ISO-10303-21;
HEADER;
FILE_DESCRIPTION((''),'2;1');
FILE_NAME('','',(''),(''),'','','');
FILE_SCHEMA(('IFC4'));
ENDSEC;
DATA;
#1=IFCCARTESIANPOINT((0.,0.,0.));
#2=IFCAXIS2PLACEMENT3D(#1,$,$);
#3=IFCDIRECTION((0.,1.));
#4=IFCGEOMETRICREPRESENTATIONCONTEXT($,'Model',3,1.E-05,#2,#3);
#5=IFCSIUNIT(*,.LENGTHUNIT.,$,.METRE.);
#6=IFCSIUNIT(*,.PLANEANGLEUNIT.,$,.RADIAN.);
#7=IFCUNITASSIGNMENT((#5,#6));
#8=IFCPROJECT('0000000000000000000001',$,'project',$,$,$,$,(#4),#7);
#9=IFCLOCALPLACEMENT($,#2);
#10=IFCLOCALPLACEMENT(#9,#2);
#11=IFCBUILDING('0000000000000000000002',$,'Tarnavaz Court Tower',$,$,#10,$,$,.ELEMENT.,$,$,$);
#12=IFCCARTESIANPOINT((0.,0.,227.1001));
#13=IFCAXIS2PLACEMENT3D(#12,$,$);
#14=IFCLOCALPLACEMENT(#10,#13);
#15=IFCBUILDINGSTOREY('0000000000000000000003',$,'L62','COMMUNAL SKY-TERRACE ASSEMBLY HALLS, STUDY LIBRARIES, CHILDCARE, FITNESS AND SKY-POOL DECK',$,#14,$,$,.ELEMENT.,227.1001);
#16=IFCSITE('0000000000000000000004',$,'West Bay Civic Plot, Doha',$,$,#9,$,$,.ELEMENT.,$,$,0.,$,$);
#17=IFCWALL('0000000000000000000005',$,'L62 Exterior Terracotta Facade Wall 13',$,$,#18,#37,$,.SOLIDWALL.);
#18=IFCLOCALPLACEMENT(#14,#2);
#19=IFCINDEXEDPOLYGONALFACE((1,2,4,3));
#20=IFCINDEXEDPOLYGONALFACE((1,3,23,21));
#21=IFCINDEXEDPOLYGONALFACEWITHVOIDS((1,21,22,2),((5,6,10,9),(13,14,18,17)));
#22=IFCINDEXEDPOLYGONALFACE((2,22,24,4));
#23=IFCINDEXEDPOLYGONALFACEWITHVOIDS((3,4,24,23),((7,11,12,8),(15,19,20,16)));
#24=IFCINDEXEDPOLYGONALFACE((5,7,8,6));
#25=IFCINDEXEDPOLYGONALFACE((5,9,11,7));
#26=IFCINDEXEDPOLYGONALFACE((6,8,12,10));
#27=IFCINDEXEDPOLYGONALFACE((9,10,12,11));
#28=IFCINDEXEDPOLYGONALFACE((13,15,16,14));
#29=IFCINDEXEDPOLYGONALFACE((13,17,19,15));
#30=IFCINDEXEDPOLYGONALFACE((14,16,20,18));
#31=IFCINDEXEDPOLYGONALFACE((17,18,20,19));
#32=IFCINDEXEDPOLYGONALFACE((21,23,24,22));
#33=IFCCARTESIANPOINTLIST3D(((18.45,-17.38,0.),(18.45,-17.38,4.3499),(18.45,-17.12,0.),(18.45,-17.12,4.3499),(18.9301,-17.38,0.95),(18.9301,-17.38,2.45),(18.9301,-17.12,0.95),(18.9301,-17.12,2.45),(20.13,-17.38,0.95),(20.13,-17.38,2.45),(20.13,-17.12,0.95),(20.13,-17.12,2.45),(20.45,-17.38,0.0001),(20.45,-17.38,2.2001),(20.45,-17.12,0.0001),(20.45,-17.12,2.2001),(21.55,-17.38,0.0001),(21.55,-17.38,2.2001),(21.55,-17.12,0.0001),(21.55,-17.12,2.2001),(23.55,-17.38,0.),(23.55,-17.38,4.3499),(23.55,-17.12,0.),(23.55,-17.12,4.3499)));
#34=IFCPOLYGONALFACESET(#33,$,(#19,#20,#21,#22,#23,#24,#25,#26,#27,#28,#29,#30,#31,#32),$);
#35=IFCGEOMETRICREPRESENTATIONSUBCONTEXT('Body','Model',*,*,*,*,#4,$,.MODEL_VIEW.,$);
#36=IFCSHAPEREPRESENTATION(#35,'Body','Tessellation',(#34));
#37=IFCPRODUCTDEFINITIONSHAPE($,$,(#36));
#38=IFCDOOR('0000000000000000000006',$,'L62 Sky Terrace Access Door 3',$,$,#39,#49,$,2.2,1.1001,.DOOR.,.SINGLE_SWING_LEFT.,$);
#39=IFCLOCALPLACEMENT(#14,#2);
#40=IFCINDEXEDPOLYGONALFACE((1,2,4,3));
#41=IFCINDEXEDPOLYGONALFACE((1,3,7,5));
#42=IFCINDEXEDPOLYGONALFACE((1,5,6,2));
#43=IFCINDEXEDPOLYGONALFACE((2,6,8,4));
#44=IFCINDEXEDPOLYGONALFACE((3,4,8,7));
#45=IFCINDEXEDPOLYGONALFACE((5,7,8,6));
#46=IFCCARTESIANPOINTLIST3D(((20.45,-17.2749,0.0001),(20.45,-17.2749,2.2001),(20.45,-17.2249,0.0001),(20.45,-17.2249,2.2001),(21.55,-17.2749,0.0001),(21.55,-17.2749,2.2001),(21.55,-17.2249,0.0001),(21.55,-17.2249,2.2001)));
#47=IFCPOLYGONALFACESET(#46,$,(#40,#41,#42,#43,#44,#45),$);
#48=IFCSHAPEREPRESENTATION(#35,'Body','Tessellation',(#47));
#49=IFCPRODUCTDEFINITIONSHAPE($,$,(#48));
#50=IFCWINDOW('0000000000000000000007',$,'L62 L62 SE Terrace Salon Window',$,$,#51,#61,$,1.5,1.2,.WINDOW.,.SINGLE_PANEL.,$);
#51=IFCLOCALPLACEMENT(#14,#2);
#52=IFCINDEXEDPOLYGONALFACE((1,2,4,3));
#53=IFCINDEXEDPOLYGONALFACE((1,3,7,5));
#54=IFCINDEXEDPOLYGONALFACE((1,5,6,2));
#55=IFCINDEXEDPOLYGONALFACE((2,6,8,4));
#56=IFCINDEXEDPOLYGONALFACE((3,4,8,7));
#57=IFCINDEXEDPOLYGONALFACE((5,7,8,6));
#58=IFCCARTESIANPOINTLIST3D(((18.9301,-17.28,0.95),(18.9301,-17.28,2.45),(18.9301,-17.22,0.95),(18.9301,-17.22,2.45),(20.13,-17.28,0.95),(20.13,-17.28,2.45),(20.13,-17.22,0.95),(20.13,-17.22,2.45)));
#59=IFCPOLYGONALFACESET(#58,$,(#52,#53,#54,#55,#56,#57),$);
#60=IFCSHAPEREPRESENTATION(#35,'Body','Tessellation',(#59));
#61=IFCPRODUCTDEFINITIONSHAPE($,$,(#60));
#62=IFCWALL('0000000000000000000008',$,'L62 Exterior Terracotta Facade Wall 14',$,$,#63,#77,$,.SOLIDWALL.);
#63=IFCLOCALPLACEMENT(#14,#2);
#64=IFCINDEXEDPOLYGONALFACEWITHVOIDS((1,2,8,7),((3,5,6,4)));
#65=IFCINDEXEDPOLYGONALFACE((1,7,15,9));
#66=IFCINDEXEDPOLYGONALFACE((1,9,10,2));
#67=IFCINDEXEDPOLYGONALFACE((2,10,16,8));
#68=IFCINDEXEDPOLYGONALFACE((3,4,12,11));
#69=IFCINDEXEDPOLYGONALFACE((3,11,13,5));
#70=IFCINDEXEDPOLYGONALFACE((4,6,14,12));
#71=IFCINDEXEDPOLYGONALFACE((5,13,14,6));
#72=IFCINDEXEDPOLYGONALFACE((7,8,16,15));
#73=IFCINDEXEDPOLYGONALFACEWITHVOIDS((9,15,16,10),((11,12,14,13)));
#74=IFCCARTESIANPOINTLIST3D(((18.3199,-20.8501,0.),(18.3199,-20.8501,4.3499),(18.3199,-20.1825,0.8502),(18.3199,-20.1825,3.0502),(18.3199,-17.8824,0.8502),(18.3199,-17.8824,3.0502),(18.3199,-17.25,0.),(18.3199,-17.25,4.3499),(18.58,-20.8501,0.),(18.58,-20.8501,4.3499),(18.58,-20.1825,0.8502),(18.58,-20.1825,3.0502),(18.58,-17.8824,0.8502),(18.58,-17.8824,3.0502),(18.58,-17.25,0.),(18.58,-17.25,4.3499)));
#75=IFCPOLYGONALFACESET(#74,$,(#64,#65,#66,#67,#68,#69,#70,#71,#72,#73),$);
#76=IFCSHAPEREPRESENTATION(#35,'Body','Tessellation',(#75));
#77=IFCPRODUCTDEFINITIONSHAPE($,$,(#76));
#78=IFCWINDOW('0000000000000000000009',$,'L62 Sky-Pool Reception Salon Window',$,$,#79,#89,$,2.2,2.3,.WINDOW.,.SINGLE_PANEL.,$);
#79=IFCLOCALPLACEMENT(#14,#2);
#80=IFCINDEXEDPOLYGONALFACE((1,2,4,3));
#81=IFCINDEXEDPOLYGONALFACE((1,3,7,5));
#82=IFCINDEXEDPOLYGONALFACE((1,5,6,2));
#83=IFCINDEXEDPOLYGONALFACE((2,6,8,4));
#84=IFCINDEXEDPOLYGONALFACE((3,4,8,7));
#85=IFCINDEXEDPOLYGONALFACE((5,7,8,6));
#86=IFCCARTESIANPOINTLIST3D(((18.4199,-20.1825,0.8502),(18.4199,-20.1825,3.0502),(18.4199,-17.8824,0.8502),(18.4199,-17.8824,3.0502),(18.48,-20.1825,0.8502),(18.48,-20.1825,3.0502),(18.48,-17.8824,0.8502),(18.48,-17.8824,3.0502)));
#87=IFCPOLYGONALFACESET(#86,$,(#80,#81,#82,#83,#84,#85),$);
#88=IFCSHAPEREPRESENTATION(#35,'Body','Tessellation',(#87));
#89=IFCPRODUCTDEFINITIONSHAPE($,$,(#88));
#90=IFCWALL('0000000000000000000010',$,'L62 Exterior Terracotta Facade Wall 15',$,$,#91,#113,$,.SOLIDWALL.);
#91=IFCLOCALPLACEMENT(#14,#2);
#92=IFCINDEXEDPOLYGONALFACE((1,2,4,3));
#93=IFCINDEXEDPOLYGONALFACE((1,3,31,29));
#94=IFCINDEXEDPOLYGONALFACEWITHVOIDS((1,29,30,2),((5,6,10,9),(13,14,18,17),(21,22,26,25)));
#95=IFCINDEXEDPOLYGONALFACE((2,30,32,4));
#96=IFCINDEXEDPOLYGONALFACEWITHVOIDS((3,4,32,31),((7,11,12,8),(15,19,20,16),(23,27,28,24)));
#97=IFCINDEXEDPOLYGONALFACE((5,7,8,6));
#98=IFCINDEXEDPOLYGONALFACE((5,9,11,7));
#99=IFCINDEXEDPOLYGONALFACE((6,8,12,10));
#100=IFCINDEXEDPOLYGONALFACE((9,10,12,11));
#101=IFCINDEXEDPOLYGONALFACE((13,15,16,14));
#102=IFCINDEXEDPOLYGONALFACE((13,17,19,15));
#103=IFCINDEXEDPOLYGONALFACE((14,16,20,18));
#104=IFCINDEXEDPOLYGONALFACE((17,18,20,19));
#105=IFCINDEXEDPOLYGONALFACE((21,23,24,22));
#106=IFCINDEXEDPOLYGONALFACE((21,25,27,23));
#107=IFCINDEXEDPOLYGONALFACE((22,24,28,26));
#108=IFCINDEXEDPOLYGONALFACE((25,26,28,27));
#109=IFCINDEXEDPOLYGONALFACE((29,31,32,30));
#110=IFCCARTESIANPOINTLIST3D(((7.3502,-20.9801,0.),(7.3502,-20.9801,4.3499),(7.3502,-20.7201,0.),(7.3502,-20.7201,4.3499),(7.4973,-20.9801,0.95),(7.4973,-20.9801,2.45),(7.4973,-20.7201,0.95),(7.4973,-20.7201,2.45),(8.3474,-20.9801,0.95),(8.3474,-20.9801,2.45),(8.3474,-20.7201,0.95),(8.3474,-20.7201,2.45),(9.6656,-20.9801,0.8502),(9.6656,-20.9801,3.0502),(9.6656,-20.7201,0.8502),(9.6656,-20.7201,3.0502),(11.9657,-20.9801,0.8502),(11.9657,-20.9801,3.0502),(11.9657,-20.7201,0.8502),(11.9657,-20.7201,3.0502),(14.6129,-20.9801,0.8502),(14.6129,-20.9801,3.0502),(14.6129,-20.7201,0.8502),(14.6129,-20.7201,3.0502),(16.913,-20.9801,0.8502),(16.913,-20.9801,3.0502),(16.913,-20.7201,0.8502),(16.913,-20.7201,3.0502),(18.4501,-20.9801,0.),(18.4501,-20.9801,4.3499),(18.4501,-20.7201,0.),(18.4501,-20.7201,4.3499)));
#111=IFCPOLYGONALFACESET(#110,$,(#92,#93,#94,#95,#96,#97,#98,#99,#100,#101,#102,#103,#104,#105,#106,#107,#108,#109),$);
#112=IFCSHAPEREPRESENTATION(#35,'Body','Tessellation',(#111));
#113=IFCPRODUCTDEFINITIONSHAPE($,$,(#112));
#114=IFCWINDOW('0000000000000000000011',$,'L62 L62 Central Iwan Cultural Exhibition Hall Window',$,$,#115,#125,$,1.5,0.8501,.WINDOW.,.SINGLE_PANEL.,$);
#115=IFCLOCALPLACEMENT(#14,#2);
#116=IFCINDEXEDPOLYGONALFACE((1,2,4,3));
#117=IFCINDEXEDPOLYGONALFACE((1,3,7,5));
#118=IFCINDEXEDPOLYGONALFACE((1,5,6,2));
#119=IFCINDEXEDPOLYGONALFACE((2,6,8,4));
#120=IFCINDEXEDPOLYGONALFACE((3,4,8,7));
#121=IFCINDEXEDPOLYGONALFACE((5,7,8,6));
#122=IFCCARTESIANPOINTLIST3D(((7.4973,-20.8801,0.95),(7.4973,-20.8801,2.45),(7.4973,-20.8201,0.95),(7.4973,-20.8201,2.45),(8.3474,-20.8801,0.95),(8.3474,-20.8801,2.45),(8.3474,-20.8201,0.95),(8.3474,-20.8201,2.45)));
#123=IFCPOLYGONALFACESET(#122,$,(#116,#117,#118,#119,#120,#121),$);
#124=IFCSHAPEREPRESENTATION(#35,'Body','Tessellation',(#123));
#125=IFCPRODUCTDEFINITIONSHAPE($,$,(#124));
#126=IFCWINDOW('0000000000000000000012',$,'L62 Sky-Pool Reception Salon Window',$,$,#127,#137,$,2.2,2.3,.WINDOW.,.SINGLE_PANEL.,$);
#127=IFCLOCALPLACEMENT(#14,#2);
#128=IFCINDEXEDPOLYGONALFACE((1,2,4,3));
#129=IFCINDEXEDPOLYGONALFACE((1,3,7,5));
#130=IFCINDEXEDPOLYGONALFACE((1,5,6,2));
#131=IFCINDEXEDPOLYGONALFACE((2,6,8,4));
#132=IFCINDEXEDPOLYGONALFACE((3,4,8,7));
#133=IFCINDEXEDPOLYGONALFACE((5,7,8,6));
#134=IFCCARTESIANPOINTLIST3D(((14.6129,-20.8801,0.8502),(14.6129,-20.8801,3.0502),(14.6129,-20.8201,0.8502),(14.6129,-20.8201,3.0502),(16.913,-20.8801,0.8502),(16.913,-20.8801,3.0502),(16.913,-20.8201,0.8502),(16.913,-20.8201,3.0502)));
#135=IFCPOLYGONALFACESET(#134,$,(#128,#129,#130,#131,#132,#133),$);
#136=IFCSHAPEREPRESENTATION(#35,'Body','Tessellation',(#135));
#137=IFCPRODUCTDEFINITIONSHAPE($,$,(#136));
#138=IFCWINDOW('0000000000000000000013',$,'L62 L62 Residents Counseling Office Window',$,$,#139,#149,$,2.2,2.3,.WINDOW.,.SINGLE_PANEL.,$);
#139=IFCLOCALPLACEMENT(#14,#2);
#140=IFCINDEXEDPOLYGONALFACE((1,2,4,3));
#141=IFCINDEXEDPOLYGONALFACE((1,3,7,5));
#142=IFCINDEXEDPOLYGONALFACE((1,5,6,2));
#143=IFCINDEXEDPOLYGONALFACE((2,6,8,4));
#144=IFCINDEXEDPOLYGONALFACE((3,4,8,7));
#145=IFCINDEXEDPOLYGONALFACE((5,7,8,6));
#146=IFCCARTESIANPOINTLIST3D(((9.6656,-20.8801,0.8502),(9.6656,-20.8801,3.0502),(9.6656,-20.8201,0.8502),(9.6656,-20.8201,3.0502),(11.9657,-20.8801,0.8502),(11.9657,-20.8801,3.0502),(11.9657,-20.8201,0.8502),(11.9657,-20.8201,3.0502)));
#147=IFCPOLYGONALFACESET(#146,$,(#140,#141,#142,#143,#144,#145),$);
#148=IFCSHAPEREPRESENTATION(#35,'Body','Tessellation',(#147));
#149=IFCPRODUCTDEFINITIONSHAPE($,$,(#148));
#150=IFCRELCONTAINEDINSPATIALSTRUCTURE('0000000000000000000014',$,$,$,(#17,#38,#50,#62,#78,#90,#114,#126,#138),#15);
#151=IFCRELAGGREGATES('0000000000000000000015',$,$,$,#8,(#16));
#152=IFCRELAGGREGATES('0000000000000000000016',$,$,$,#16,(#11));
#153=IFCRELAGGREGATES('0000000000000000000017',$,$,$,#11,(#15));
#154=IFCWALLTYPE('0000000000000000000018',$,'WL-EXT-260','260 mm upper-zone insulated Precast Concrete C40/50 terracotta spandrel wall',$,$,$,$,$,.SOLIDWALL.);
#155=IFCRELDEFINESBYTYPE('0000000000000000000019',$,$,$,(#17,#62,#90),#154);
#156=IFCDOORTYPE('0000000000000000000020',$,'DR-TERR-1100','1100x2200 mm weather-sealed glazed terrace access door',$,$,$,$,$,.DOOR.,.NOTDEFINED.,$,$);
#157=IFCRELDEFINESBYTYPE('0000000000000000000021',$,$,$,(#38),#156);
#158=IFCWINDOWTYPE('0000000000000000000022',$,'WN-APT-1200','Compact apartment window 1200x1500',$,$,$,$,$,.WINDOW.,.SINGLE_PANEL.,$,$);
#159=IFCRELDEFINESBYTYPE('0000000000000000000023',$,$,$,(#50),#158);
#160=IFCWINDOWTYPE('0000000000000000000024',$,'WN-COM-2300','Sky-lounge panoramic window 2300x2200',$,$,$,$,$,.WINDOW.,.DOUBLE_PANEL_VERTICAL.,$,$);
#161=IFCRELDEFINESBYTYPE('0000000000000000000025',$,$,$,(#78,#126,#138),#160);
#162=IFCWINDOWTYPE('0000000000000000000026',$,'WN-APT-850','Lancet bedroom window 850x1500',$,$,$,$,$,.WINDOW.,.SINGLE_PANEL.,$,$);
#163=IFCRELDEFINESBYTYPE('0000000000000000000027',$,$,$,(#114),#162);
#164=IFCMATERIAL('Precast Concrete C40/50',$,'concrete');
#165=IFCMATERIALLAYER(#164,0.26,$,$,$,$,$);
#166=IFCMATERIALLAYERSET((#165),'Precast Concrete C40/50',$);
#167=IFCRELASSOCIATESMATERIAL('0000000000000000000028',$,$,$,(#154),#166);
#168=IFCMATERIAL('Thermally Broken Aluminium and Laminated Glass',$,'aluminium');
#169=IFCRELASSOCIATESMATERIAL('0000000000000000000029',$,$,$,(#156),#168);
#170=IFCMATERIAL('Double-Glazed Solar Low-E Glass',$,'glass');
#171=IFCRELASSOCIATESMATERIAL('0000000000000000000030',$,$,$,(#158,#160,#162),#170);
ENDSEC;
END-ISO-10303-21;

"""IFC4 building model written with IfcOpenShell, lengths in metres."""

from ifc_helpers import new_model, si_unit, direction, frame, frame_2d, origin, place, context, subcontext, project, spatial, rectangle, extrude, material, layer, layer_set, type_object, element, fill, save


model = new_model("IFC4")

# Units and contexts
model_context = context("Model", 3, precision=1e-05, world=origin(), true_north=direction((0.0, 1.0)))
body_context = subcontext(model_context, "Body", "Model", "MODEL_VIEW")
ifc_project = project(units=[si_unit("LENGTHUNIT", "METRE"), si_unit("PLANEANGLEUNIT", "RADIAN")], contexts=[model_context])

# Site, building, storey
site_placement = place(None, origin())
site = spatial("IfcSite", under=ifc_project, at=site_placement, Name="West Bay Civic Plot, Doha", CompositionType="ELEMENT", RefElevation=0.0)
building_placement = place(site_placement, origin())
building = spatial("IfcBuilding", under=site, at=building_placement, Name="Tarnavaz Court Tower", CompositionType="ELEMENT")
storey_placement = place(building_placement, frame((0.0, 0.0, 227.1001)))
storey = spatial("IfcBuildingStorey", under=building, at=storey_placement, Name="L62", Description="COMMUNAL SKY-TERRACE ASSEMBLY HALLS, STUDY LIBRARIES, CHILDCARE, FITNESS AND SKY-POOL DECK", CompositionType="ELEMENT", Elevation=227.1001)

# Wall, openings, door, window
ifc_material_1 = material(Name="Precast Concrete C40/50", Category="concrete")
ifc_layer_1 = layer(ifc_material_1, 0.26)
ifc_layer_set_1 = layer_set([ifc_layer_1], Name="Precast Concrete C40/50")
wall_type_1 = type_object("IfcWallType", Name="WL-EXT-260", Description="260 mm upper-zone insulated Precast Concrete C40/50 terracotta spandrel wall", PredefinedType="SOLIDWALL", material=ifc_layer_set_1)
wall_1_placement = place(storey_placement, frame((23.55, -17.25, 0.0), z_axis=(0.0, 0.0, 1.0), x_axis=(-1.0, 0.0, 0.0)))
wall_1 = element("IfcWall", 1, at=wall_1_placement, inside=storey, type_object=wall_type_1, Name="L62 Exterior Terracotta Facade Wall 13", PredefinedType="SOLIDWALL", context=body_context, shape_type="SweptSolid", body=[
    extrude(rectangle(XDim=5.1001, YDim=0.26, at=frame_2d((2.55, 0.0))), origin(), (0.0, 0.0, 1.0), 4.3499),
])
opening_1_placement = place(wall_1_placement, frame((2.0, 0.0, 0.0)))
opening_1 = element("IfcOpeningElement", 2, at=opening_1_placement, cuts=wall_1, PredefinedType="OPENING", context=body_context, shape_type="SweptSolid", body=[
    extrude(rectangle(XDim=1.1001, YDim=2.2, at=frame_2d((0.55, 1.1001))), frame((0.0, 0.1399, 0.0), z_axis=(0.0, -1.0, 0.0), x_axis=(1.0, 0.0, 0.0)), (0.0, 0.0, 1.0), 0.28),
])
opening_2_placement = place(wall_1_placement, frame((3.4199, 0.0, 0.95)))
opening_2 = element("IfcOpeningElement", 3, at=opening_2_placement, cuts=wall_1, PredefinedType="OPENING", context=body_context, shape_type="SweptSolid", body=[
    extrude(rectangle(XDim=1.2, YDim=1.5, at=frame_2d((0.6001, 0.75))), frame((0.0, 0.1399, 0.0), z_axis=(0.0, -1.0, 0.0), x_axis=(1.0, 0.0, 0.0)), (0.0, 0.0, 1.0), 0.28),
])
ifc_material_2 = material(Name="Thermally Broken Aluminium and Laminated Glass", Category="aluminium")
door_type_1 = type_object("IfcDoorType", Name="DR-TERR-1100", Description="1100x2200 mm weather-sealed glazed terrace access door", OperationType="NOTDEFINED", PredefinedType="DOOR", material=ifc_material_2)
door_1_placement = place(opening_1_placement, origin())
door_1 = element("IfcDoor", 4, at=door_1_placement, inside=storey, type_object=door_type_1, Name="L62 Sky Terrace Access Door 3", OperationType="SINGLE_SWING_LEFT", OverallHeight=2.2, OverallWidth=1.1001, PredefinedType="DOOR", context=body_context, shape_type="SweptSolid", body=[
    extrude(rectangle(XDim=1.1001, YDim=2.2, at=frame_2d((0.55, 1.1001))), frame((0.0, 0.0249, 0.0), z_axis=(0.0, -1.0, 0.0), x_axis=(1.0, 0.0, 0.0)), (0.0, 0.0, 1.0), 0.05),
])
fill(opening_1, door_1)
ifc_material_3 = material(Name="Double-Glazed Solar Low-E Glass", Category="glass")
window_type_1 = type_object("IfcWindowType", Name="WN-APT-1200", Description="Compact apartment window 1200x1500", PartitioningType="SINGLE_PANEL", PredefinedType="WINDOW", material=ifc_material_3)
window_1_placement = place(opening_2_placement, origin())
window_1 = element("IfcWindow", 5, at=window_1_placement, inside=storey, type_object=window_type_1, Name="L62 L62 SE Terrace Salon Window", OverallHeight=1.5, OverallWidth=1.2, PartitioningType="SINGLE_PANEL", PredefinedType="WINDOW", context=body_context, shape_type="SweptSolid", body=[
    extrude(rectangle(XDim=1.2, YDim=1.5, at=frame_2d((0.6001, 0.75))), frame((0.0, 0.03, 0.0), z_axis=(0.0, -1.0, 0.0), x_axis=(1.0, 0.0, 0.0)), (0.0, 0.0, 1.0), 0.0601),
])
fill(opening_2, window_1)

# Wall, opening, window
wall_2_placement = place(storey_placement, frame((18.45, -17.25, 0.0), z_axis=(0.0, 0.0, 1.0), x_axis=(0.0, -1.0, 0.0)))
wall_2 = element("IfcWall", 6, at=wall_2_placement, inside=storey, type_object=wall_type_1, Name="L62 Exterior Terracotta Facade Wall 14", PredefinedType="SOLIDWALL", context=body_context, shape_type="SweptSolid", body=[
    extrude(rectangle(XDim=3.6001, YDim=0.26, at=frame_2d((1.8, 0.0))), origin(), (0.0, 0.0, 1.0), 4.3499),
])
opening_3_placement = place(wall_2_placement, frame((0.6326, 0.0, 0.8501)))
opening_3 = element("IfcOpeningElement", 7, at=opening_3_placement, cuts=wall_2, PredefinedType="OPENING", context=body_context, shape_type="SweptSolid", body=[
    extrude(rectangle(XDim=2.3, YDim=2.2, at=frame_2d((1.1499, 1.1001))), frame((0.0, 0.1399, 0.0), z_axis=(0.0, -1.0, 0.0), x_axis=(1.0, 0.0, 0.0)), (0.0, 0.0, 1.0), 0.28),
])
window_type_2 = type_object("IfcWindowType", Name="WN-COM-2300", Description="Sky-lounge panoramic window 2300x2200", PartitioningType="DOUBLE_PANEL_VERTICAL", PredefinedType="WINDOW", material=ifc_material_3)
window_2_placement = place(opening_3_placement, origin())
window_2 = element("IfcWindow", 8, at=window_2_placement, inside=storey, type_object=window_type_2, Name="L62 Sky-Pool Reception Salon Window", OverallHeight=2.2, OverallWidth=2.3, PartitioningType="SINGLE_PANEL", PredefinedType="WINDOW", context=body_context, shape_type="SweptSolid", body=[
    extrude(rectangle(XDim=2.3, YDim=2.2, at=frame_2d((1.1499, 1.1001))), frame((0.0, 0.03, 0.0), z_axis=(0.0, -1.0, 0.0), x_axis=(1.0, 0.0, 0.0)), (0.0, 0.0, 1.0), 0.0601),
])
fill(opening_3, window_2)

# Wall, openings, windows
wall_3_placement = place(storey_placement, frame((18.45, -20.8501, 0.0), z_axis=(0.0, 0.0, 1.0), x_axis=(-1.0, 0.0, 0.0)))
wall_3 = element("IfcWall", 9, at=wall_3_placement, inside=storey, type_object=wall_type_1, Name="L62 Exterior Terracotta Facade Wall 15", PredefinedType="SOLIDWALL", context=body_context, shape_type="SweptSolid", body=[
    extrude(rectangle(XDim=11.0999, YDim=0.26, at=frame_2d((5.5498, 0.0))), origin(), (0.0, 0.0, 1.0), 4.3499),
])
opening_4_placement = place(wall_3_placement, frame((1.5371, 0.0, 0.8501)))
opening_4 = element("IfcOpeningElement", 10, at=opening_4_placement, cuts=wall_3, PredefinedType="OPENING", context=body_context, shape_type="SweptSolid", body=[
    extrude(rectangle(XDim=2.3, YDim=2.2, at=frame_2d((1.1499, 1.1001))), frame((0.0, 0.1399, 0.0), z_axis=(0.0, -1.0, 0.0), x_axis=(1.0, 0.0, 0.0)), (0.0, 0.0, 1.0), 0.28),
])
opening_5_placement = place(wall_3_placement, frame((6.4844, 0.0, 0.8501)))
opening_5 = element("IfcOpeningElement", 11, at=opening_5_placement, cuts=wall_3, PredefinedType="OPENING", context=body_context, shape_type="SweptSolid", body=[
    extrude(rectangle(XDim=2.3, YDim=2.2, at=frame_2d((1.1499, 1.1001))), frame((0.0, 0.1399, 0.0), z_axis=(0.0, -1.0, 0.0), x_axis=(1.0, 0.0, 0.0)), (0.0, 0.0, 1.0), 0.28),
])
opening_6_placement = place(wall_3_placement, frame((10.1025, 0.0, 0.95)))
opening_6 = element("IfcOpeningElement", 12, at=opening_6_placement, cuts=wall_3, PredefinedType="OPENING", context=body_context, shape_type="SweptSolid", body=[
    extrude(rectangle(XDim=0.8501, YDim=1.5, at=frame_2d((0.425, 0.75))), frame((0.0, 0.1399, 0.0), z_axis=(0.0, -1.0, 0.0), x_axis=(1.0, 0.0, 0.0)), (0.0, 0.0, 1.0), 0.28),
])
window_type_3 = type_object("IfcWindowType", Name="WN-APT-850", Description="Lancet bedroom window 850x1500", PartitioningType="SINGLE_PANEL", PredefinedType="WINDOW", material=ifc_material_3)
window_3_placement = place(opening_6_placement, origin())
window_3 = element("IfcWindow", 13, at=window_3_placement, inside=storey, type_object=window_type_3, Name="L62 L62 Central Iwan Cultural Exhibition Hall Window", OverallHeight=1.5, OverallWidth=0.8501, PartitioningType="SINGLE_PANEL", PredefinedType="WINDOW", context=body_context, shape_type="SweptSolid", body=[
    extrude(rectangle(XDim=0.8501, YDim=1.5, at=frame_2d((0.425, 0.75))), frame((0.0, 0.03, 0.0), z_axis=(0.0, -1.0, 0.0), x_axis=(1.0, 0.0, 0.0)), (0.0, 0.0, 1.0), 0.0601),
])
fill(opening_6, window_3)
window_4_placement = place(opening_4_placement, origin())
window_4 = element("IfcWindow", 14, at=window_4_placement, inside=storey, type_object=window_type_2, Name="L62 Sky-Pool Reception Salon Window", OverallHeight=2.2, OverallWidth=2.3, PartitioningType="SINGLE_PANEL", PredefinedType="WINDOW", context=body_context, shape_type="SweptSolid", body=[
    extrude(rectangle(XDim=2.3, YDim=2.2, at=frame_2d((1.1499, 1.1001))), frame((0.0, 0.03, 0.0), z_axis=(0.0, -1.0, 0.0), x_axis=(1.0, 0.0, 0.0)), (0.0, 0.0, 1.0), 0.0601),
])
fill(opening_4, window_4)
window_5_placement = place(opening_5_placement, origin())
window_5 = element("IfcWindow", 15, at=window_5_placement, inside=storey, type_object=window_type_2, Name="L62 L62 Residents Counseling Office Window", OverallHeight=2.2, OverallWidth=2.3, PartitioningType="SINGLE_PANEL", PredefinedType="WINDOW", context=body_context, shape_type="SweptSolid", body=[
    extrude(rectangle(XDim=2.3, YDim=2.2, at=frame_2d((1.1499, 1.1001))), frame((0.0, 0.03, 0.0), z_axis=(0.0, -1.0, 0.0), x_axis=(1.0, 0.0, 0.0)), (0.0, 0.0, 1.0), 0.0601),
])
fill(opening_5, window_5)

save(model, "model.ifc")
